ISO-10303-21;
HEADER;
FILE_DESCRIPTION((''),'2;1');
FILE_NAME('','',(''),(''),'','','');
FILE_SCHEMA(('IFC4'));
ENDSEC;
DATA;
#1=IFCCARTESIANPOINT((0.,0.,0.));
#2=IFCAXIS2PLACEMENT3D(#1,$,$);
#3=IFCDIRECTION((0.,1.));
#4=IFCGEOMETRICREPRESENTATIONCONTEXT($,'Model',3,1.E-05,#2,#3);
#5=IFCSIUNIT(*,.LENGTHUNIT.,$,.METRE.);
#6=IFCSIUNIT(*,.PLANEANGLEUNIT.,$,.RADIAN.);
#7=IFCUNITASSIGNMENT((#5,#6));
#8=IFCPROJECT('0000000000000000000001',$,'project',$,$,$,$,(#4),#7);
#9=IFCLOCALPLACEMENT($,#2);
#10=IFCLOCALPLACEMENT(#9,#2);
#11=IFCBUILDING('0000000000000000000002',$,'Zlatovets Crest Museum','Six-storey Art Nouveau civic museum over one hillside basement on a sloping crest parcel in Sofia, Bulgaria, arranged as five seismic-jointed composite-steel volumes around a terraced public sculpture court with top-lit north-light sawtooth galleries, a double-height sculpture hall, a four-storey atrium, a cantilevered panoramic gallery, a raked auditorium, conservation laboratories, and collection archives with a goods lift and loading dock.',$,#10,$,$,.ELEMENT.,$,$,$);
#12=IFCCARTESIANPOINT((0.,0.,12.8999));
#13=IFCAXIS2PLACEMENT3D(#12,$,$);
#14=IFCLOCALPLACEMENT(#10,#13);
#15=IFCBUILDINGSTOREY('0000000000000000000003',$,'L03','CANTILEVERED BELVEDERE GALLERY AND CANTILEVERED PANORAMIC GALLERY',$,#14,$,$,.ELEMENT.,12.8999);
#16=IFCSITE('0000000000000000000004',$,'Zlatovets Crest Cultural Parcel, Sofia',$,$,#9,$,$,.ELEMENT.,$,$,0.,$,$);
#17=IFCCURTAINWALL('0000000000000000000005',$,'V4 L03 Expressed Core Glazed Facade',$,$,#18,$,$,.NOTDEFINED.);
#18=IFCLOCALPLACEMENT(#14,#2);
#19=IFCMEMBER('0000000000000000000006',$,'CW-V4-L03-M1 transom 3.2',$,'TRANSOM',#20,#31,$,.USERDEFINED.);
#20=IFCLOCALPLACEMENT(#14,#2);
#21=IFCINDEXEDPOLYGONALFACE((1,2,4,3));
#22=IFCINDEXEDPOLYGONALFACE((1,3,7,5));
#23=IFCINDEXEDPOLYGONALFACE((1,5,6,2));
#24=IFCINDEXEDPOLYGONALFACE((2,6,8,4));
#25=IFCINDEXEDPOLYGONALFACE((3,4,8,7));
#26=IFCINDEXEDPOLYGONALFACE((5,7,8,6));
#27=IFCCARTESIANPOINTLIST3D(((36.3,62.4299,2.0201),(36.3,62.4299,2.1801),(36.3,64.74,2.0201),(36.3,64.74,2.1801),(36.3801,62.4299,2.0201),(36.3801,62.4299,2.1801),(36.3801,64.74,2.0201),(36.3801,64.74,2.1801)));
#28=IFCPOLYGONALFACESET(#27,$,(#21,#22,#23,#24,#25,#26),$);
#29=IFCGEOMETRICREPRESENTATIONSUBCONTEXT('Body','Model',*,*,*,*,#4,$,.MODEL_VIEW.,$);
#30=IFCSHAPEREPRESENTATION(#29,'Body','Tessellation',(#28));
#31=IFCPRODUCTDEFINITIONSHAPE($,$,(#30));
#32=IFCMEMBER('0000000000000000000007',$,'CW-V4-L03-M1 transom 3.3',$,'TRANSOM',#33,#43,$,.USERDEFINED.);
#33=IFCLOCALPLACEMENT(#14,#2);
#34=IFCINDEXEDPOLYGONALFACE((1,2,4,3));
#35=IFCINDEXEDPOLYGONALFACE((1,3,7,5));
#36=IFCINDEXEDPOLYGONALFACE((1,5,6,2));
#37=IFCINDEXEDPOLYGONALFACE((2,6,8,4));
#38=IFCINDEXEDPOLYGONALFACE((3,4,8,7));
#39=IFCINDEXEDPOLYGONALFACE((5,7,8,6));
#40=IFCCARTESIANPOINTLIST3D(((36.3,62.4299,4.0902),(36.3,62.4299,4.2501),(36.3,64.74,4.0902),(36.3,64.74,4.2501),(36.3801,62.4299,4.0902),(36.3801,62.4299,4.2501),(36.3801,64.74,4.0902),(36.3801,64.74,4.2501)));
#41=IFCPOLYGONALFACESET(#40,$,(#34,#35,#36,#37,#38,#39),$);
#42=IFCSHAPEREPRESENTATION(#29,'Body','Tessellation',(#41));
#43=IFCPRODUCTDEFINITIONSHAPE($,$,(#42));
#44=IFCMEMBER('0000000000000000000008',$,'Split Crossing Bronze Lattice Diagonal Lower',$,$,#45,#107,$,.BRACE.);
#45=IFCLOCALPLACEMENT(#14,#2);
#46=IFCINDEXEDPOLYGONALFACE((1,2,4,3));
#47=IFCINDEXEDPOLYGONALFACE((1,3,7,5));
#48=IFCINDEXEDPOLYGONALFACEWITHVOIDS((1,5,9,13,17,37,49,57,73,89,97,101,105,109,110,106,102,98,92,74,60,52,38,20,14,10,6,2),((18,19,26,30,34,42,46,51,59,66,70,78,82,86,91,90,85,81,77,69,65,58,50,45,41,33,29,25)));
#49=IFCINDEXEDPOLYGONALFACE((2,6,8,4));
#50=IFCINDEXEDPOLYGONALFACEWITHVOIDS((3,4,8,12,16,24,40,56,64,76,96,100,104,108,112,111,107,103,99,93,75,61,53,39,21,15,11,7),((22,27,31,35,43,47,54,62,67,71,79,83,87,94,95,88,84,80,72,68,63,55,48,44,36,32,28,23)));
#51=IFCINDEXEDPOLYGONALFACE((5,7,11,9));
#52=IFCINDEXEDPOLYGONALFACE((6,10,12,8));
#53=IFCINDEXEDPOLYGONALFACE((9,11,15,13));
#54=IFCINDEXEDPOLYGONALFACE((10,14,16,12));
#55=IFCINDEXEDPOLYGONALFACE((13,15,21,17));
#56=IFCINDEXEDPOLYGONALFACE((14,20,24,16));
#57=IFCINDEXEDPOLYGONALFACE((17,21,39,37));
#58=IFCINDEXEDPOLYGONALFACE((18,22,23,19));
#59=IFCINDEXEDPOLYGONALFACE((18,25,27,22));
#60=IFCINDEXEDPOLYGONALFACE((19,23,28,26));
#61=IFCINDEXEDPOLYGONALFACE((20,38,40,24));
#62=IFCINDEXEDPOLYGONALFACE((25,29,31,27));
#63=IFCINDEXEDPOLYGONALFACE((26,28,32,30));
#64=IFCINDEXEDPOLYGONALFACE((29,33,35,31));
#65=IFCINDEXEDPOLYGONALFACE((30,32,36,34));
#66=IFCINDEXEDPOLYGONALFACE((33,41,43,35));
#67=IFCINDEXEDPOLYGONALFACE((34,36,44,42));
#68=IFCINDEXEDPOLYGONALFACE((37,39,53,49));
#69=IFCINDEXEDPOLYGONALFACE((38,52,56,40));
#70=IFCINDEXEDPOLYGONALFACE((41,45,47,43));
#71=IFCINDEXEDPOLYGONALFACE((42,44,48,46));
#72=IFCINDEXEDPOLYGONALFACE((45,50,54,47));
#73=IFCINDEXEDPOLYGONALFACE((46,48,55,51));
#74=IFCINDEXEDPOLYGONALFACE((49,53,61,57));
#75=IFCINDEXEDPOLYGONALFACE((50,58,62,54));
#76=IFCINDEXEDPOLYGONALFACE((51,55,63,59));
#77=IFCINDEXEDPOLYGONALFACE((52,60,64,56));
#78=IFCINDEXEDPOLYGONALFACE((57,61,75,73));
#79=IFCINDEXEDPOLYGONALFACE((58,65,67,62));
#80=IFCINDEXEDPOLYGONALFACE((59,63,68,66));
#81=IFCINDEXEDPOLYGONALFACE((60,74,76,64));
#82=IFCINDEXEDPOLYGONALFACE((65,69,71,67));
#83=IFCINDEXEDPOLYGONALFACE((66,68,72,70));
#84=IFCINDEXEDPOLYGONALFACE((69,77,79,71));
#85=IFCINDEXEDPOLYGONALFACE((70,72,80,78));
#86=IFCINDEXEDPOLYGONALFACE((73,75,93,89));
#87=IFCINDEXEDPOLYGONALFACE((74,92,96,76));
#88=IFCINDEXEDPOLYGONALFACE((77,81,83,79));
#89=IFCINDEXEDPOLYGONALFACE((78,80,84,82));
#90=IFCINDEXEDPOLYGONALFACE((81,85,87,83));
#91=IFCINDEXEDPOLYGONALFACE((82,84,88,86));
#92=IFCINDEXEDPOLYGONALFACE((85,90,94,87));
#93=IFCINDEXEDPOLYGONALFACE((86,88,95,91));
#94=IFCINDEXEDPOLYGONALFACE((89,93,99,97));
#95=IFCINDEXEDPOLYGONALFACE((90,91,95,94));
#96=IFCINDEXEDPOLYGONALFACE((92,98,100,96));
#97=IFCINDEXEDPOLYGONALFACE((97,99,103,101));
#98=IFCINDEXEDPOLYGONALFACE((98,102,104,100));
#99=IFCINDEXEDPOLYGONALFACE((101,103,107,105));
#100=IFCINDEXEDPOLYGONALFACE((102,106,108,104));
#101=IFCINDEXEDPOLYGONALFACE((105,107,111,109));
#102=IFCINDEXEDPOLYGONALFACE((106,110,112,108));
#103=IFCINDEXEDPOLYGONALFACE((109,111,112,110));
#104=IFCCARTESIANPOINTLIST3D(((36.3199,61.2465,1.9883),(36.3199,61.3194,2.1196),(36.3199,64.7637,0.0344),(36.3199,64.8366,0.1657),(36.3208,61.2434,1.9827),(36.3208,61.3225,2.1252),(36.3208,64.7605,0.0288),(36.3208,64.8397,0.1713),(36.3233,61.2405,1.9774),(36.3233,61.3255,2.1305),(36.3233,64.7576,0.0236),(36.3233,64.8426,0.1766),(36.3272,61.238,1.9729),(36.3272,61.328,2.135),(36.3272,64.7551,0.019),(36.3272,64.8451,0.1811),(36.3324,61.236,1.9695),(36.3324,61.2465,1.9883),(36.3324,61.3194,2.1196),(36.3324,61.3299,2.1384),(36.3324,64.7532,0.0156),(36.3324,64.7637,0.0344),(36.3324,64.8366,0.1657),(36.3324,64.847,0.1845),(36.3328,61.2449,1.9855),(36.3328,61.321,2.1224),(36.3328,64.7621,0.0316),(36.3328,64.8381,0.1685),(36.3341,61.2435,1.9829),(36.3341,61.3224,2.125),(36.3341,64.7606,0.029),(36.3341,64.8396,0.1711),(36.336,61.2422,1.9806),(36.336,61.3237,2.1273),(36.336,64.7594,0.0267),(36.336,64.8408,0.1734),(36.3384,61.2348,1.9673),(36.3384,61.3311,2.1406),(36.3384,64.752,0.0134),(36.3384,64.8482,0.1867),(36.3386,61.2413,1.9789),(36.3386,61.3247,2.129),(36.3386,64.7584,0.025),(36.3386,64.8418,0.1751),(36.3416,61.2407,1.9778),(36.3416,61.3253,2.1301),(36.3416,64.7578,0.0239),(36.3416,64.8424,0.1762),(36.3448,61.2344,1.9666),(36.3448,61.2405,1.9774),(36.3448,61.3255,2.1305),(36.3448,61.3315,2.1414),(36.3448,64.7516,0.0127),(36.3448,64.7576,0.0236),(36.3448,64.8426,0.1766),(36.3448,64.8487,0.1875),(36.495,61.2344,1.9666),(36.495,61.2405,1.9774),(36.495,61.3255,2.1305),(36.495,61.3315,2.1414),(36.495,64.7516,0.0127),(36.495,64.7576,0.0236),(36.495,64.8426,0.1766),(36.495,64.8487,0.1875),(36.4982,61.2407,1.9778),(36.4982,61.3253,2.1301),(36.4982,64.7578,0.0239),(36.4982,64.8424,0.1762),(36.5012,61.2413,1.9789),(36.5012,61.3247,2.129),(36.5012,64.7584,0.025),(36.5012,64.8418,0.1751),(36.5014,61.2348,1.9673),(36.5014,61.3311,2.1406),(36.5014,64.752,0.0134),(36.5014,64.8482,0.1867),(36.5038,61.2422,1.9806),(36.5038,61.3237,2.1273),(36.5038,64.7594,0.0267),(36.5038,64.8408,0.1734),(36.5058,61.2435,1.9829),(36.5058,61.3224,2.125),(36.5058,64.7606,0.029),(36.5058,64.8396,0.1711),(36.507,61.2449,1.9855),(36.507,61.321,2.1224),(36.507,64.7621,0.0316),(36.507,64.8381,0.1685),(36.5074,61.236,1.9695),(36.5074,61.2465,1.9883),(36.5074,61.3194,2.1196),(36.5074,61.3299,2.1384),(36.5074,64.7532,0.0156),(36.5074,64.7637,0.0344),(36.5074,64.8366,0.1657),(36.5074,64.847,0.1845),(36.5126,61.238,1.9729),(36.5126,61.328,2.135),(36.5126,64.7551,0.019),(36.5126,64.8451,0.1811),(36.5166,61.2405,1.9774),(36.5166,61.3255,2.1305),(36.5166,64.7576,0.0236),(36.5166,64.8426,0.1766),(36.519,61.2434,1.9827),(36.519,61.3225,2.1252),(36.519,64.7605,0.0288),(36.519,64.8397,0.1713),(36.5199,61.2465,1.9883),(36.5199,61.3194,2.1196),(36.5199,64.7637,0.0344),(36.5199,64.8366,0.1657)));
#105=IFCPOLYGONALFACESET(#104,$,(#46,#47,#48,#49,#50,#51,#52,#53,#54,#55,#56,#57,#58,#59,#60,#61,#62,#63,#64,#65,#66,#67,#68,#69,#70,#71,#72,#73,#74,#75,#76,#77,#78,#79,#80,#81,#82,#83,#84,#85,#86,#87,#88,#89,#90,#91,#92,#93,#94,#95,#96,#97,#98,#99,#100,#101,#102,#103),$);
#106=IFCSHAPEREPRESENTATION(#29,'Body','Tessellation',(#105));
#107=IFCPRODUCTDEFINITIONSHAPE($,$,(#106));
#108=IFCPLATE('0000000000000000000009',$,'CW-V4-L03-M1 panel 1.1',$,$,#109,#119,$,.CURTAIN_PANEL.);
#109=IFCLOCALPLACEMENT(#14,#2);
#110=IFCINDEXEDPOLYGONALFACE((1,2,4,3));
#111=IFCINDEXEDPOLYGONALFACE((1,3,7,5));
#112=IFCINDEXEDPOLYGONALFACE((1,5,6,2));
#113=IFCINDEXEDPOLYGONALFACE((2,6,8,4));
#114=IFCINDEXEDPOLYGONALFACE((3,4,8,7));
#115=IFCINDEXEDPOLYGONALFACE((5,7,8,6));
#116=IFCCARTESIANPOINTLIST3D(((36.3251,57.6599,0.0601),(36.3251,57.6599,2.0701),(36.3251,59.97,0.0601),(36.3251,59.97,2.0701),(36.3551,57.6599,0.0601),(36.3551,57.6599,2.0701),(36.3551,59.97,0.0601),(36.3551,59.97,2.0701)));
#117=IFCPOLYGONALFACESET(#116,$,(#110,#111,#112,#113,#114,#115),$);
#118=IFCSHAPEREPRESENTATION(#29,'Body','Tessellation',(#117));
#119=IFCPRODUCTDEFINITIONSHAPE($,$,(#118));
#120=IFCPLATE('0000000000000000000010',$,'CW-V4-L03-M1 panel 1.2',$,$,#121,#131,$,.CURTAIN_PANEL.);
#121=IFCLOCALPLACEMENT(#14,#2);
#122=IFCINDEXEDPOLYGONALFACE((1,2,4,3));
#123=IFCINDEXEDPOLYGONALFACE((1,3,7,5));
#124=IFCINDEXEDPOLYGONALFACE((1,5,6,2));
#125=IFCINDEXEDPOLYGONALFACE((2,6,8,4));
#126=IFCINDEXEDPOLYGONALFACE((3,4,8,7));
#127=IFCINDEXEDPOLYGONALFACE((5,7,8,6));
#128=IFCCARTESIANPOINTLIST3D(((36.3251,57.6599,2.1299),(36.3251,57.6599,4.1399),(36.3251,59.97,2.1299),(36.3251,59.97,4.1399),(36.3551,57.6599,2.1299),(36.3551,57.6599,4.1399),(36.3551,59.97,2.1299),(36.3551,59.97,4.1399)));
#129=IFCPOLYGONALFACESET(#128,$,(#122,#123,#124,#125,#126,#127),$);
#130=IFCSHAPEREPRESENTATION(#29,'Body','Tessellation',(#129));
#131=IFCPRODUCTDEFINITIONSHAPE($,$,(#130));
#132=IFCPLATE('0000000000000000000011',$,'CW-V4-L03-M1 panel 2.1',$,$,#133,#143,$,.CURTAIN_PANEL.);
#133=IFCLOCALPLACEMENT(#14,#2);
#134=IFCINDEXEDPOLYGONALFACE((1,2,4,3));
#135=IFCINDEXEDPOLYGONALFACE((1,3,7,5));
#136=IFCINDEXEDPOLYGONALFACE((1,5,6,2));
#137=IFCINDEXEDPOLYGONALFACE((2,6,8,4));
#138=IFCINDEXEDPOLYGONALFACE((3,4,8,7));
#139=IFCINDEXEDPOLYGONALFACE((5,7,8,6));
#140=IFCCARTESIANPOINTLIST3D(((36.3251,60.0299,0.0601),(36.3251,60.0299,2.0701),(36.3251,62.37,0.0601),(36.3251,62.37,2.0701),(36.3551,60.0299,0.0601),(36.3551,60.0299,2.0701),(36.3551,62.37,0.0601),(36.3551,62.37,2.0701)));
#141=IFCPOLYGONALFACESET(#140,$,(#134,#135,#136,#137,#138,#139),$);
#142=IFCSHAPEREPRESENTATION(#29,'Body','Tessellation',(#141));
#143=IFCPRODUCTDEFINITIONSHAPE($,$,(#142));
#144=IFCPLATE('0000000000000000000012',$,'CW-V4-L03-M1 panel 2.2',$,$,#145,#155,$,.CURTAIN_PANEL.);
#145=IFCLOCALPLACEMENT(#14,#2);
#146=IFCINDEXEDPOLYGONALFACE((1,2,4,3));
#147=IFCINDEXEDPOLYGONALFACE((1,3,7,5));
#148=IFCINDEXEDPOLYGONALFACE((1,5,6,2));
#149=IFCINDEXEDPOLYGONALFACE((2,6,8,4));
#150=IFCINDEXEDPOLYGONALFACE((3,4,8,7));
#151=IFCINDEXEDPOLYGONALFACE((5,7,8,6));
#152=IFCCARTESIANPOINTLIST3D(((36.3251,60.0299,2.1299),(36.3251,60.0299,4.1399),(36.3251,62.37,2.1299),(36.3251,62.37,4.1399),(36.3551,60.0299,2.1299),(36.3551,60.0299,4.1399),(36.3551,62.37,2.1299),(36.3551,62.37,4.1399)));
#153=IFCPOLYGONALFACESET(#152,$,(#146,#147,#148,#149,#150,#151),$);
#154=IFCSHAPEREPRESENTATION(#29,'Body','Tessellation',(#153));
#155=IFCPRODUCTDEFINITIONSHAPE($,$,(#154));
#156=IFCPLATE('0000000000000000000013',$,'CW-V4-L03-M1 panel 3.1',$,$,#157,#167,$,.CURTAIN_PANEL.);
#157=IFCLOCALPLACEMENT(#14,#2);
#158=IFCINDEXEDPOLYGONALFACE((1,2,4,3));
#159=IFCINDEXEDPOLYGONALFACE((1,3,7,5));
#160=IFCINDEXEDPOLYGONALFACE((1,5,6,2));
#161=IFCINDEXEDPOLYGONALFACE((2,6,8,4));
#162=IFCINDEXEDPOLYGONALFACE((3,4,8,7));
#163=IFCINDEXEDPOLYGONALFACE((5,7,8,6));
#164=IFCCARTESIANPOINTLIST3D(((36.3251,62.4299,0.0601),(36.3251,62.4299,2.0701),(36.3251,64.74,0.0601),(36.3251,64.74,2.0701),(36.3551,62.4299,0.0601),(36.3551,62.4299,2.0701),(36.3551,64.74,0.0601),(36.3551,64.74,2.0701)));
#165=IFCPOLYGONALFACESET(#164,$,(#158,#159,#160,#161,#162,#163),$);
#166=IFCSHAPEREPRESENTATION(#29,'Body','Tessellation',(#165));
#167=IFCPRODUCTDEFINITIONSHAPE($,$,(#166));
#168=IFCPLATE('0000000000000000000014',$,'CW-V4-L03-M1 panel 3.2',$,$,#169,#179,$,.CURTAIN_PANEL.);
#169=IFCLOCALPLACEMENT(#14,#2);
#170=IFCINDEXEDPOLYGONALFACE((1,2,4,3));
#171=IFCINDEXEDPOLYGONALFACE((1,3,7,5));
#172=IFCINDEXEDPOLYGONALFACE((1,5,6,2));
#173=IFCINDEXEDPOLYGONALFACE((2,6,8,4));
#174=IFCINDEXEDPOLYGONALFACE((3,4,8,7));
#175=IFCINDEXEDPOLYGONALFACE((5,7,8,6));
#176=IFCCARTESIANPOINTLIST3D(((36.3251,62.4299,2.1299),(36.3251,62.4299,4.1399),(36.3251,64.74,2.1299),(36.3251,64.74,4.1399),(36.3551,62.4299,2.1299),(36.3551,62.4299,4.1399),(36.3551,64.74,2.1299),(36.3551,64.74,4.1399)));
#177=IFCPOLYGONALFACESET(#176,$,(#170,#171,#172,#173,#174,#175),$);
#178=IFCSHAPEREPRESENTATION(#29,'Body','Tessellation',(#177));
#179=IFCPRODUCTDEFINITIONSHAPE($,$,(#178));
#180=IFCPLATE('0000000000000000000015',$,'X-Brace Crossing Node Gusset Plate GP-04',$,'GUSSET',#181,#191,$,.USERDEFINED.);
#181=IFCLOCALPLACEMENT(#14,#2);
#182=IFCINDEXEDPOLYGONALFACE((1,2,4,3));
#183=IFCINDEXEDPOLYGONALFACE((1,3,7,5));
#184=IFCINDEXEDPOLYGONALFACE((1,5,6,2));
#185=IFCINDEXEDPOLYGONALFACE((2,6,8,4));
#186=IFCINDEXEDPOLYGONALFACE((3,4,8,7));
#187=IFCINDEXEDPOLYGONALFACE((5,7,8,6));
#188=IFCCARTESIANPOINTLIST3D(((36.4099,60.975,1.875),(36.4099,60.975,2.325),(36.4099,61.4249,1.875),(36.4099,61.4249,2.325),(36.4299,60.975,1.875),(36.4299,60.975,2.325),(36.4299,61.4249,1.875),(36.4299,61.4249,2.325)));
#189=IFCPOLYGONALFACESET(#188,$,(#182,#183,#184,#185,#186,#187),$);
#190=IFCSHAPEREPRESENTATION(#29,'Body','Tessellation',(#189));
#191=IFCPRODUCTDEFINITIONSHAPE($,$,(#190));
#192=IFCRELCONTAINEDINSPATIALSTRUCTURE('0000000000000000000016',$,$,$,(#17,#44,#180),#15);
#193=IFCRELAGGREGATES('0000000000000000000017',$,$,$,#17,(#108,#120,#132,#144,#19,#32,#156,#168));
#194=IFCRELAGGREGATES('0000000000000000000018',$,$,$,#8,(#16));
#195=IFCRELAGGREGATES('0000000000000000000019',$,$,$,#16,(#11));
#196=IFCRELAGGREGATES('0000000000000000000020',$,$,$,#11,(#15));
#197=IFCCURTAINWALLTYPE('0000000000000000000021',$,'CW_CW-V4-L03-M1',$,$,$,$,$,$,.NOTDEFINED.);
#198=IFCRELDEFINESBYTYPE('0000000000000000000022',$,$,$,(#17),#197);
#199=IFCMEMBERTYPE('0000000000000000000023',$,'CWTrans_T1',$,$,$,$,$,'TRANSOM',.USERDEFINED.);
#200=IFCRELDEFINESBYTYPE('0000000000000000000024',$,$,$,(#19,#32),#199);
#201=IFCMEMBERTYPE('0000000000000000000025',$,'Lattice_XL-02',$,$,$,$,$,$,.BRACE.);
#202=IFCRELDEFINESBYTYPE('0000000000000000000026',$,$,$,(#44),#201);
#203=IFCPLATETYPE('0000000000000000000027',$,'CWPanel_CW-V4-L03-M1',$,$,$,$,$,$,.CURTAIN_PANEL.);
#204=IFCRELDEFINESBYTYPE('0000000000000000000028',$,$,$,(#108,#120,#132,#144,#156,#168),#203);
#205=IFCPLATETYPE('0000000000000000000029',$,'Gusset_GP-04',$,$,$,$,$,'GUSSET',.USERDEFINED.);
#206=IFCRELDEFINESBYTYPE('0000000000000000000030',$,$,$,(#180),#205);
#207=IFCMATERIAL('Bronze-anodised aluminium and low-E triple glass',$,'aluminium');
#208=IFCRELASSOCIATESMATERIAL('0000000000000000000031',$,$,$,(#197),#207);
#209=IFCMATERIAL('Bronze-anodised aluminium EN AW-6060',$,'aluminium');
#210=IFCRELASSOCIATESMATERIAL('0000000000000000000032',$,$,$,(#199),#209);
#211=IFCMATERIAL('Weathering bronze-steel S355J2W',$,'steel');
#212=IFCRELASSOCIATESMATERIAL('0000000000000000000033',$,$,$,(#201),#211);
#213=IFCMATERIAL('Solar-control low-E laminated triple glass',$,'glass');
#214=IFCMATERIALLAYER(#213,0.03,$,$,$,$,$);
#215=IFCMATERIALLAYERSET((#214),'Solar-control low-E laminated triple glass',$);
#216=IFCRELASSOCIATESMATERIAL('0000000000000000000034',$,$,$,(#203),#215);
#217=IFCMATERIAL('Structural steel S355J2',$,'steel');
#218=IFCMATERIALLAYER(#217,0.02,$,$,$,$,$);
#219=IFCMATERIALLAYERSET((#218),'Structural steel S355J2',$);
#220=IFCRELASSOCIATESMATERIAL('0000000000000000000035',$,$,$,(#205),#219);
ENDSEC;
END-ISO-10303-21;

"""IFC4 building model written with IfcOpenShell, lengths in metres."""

from ifc_helpers import new_model, si_unit, direction, frame, origin, origin_2d, place, context, subcontext, project, spatial, rectangle, hollow_rectangle, extrude, material, layer, layer_set, material_profile, profile_set, type_object, element, aggregate, save


model = new_model("IFC4")

# Units and contexts
model_context = context("Model", 3, precision=1e-05, world=origin(), true_north=direction((0.0, 1.0)))
body_context = subcontext(model_context, "Body", "Model", "MODEL_VIEW")
ifc_project = project(units=[si_unit("LENGTHUNIT", "METRE"), si_unit("PLANEANGLEUNIT", "RADIAN")], contexts=[model_context])

# Site, building, storey
site_placement = place(None, origin())
site = spatial("IfcSite", under=ifc_project, at=site_placement, Name="Zlatovets Crest Cultural Parcel, Sofia", CompositionType="ELEMENT", RefElevation=0.0)
building_placement = place(site_placement, origin())
building = spatial("IfcBuilding", under=site, at=building_placement, Name="Zlatovets Crest Museum", Description="Six-storey Art Nouveau civic museum over one hillside basement on a sloping crest parcel in Sofia, Bulgaria, arranged as five seismic-jointed composite-steel volumes around a terraced public sculpture court with top-lit north-light sawtooth galleries, a double-height sculpture hall, a four-storey atrium, a cantilevered panoramic gallery, a raked auditorium, conservation laboratories, and collection archives with a goods lift and loading dock.", CompositionType="ELEMENT")
storey_placement = place(building_placement, frame((0.0, 0.0, 12.8999)))
storey = spatial("IfcBuildingStorey", under=building, at=storey_placement, Name="L03", Description="CANTILEVERED BELVEDERE GALLERY AND CANTILEVERED PANORAMIC GALLERY", CompositionType="ELEMENT", Elevation=12.8999)

# Shared definitions
ifc_material_1 = material(Name="Structural steel S355J2", Category="steel")

# Curtain wall, members
ifc_material_2 = material(Name="Bronze-anodised aluminium and low-E triple glass", Category="aluminium")
curtain_wall_type = type_object("IfcCurtainWallType", Name="CW_CW-V4-L03-M1", PredefinedType="NOTDEFINED", material=ifc_material_2)
curtain_wall_placement = place(storey_placement, origin())
curtain_wall = element("IfcCurtainWall", 1, at=curtain_wall_placement, inside=storey, type_object=curtain_wall_type, Name="V4 L03 Expressed Core Glazed Facade", PredefinedType="NOTDEFINED")
ifc_material_3 = material(Name="Bronze-anodised aluminium EN AW-6060", Category="aluminium")
ifc_material_profile_1 = material_profile(ifc_material_3, rectangle(XDim=0.0801, YDim=0.1599, at=origin_2d()), Name="ALU 80x160")
ifc_profile_set_1 = profile_set([ifc_material_profile_1], Name="Bronze-anodised aluminium EN AW-6060")
member_type_1 = type_object("IfcMemberType", Name="CWTrans_T1", ElementType="TRANSOM", PredefinedType="USERDEFINED", material=ifc_profile_set_1)
member_1_placement = place(storey_placement, frame((36.3401, 62.4299, 2.1001), z_axis=(0.0, 1.0, 0.0), x_axis=(-1.0, 0.0, 0.0)))
member_1 = element("IfcMember", 2, at=member_1_placement, type_object=member_type_1, Name="CW-V4-L03-M1 transom 3.2", ObjectType="TRANSOM", PredefinedType="USERDEFINED", context=body_context, shape_type="SweptSolid", body=[
    extrude(rectangle(XDim=0.0801, YDim=0.1599, at=origin_2d()), origin(), (0.0, 0.0, 1.0), 2.3101),
])
member_2_placement = place(storey_placement, frame((36.3401, 62.4299, 4.1702), z_axis=(0.0, 1.0, 0.0), x_axis=(-1.0, 0.0, 0.0)))
member_2 = element("IfcMember", 3, at=member_2_placement, type_object=member_type_1, Name="CW-V4-L03-M1 transom 3.3", ObjectType="TRANSOM", PredefinedType="USERDEFINED", context=body_context, shape_type="SweptSolid", body=[
    extrude(rectangle(XDim=0.0801, YDim=0.1599, at=origin_2d()), origin(), (0.0, 0.0, 1.0), 2.3101),
])

# Member
ifc_material_4 = material(Name="Weathering bronze-steel S355J2W", Category="steel")
ifc_material_profile_2 = material_profile(ifc_material_4, hollow_rectangle(XDim=0.2, YDim=0.2, WallThickness=0.0125, InnerFilletRadius=0.0125, OuterFilletRadius=0.0249, at=origin_2d()), Name="SHS 200x200x12.5")
ifc_profile_set_2 = profile_set([ifc_material_profile_2], Name="Weathering bronze-steel S355J2W")
member_type_2 = type_object("IfcMemberType", Name="Lattice_XL-02", PredefinedType="BRACE", material=ifc_profile_set_2)
member_3_placement = place(storey_placement, frame((36.4199, 61.283, 2.054), z_axis=(0.0, 0.874166, -0.485627), x_axis=(-1.0, 0.0, 0.0)))
element("IfcMember", 4, at=member_3_placement, inside=storey, type_object=member_type_2, Name="Split Crossing Bronze Lattice Diagonal Lower", PredefinedType="BRACE", context=body_context, shape_type="SweptSolid", body=[
    extrude(hollow_rectangle(XDim=0.2, YDim=0.2, WallThickness=0.0125, InnerFilletRadius=0.0125, OuterFilletRadius=0.0249, at=origin_2d()), origin(), (0.0, 0.0, 1.0), 4.0234),
])

# Plates
ifc_material_5 = material(Name="Solar-control low-E laminated triple glass", Category="glass")
ifc_layer_1 = layer(ifc_material_5, 0.03)
ifc_layer_set_1 = layer_set([ifc_layer_1], Name="Solar-control low-E laminated triple glass")
plate_type_1 = type_object("IfcPlateType", Name="CWPanel_CW-V4-L03-M1", PredefinedType="CURTAIN_PANEL", material=ifc_layer_set_1)
plate_1_placement = place(storey_placement, frame((36.3401, 58.8149, 0.0601), z_axis=(0.0, 0.0, 1.0), x_axis=(0.0, 1.0, 0.0)))
plate_1 = element("IfcPlate", 5, at=plate_1_placement, type_object=plate_type_1, Name="CW-V4-L03-M1 panel 1.1", PredefinedType="CURTAIN_PANEL", context=body_context, shape_type="SweptSolid", body=[
    extrude(rectangle(XDim=2.3101, YDim=0.03, at=origin_2d()), origin(), (0.0, 0.0, 1.0), 2.01),
])
plate_2_placement = place(storey_placement, frame((36.3401, 58.8149, 2.1299), z_axis=(0.0, 0.0, 1.0), x_axis=(0.0, 1.0, 0.0)))
plate_2 = element("IfcPlate", 6, at=plate_2_placement, type_object=plate_type_1, Name="CW-V4-L03-M1 panel 1.2", PredefinedType="CURTAIN_PANEL", context=body_context, shape_type="SweptSolid", body=[
    extrude(rectangle(XDim=2.3101, YDim=0.03, at=origin_2d()), origin(), (0.0, 0.0, 1.0), 2.01),
])
plate_3_placement = place(storey_placement, frame((36.3401, 61.2, 0.0601), z_axis=(0.0, 0.0, 1.0), x_axis=(0.0, 1.0, 0.0)))
plate_3 = element("IfcPlate", 7, at=plate_3_placement, type_object=plate_type_1, Name="CW-V4-L03-M1 panel 2.1", PredefinedType="CURTAIN_PANEL", context=body_context, shape_type="SweptSolid", body=[
    extrude(rectangle(XDim=2.3401, YDim=0.03, at=origin_2d()), origin(), (0.0, 0.0, 1.0), 2.01),
])
plate_4_placement = place(storey_placement, frame((36.3401, 61.2, 2.1299), z_axis=(0.0, 0.0, 1.0), x_axis=(0.0, 1.0, 0.0)))
plate_4 = element("IfcPlate", 8, at=plate_4_placement, type_object=plate_type_1, Name="CW-V4-L03-M1 panel 2.2", PredefinedType="CURTAIN_PANEL", context=body_context, shape_type="SweptSolid", body=[
    extrude(rectangle(XDim=2.3401, YDim=0.03, at=origin_2d()), origin(), (0.0, 0.0, 1.0), 2.01),
])
plate_5_placement = place(storey_placement, frame((36.3401, 63.585, 0.0601), z_axis=(0.0, 0.0, 1.0), x_axis=(0.0, 1.0, 0.0)))
plate_5 = element("IfcPlate", 9, at=plate_5_placement, type_object=plate_type_1, Name="CW-V4-L03-M1 panel 3.1", PredefinedType="CURTAIN_PANEL", context=body_context, shape_type="SweptSolid", body=[
    extrude(rectangle(XDim=2.3101, YDim=0.03, at=origin_2d()), origin(), (0.0, 0.0, 1.0), 2.01),
])
plate_6_placement = place(storey_placement, frame((36.3401, 63.585, 2.1299), z_axis=(0.0, 0.0, 1.0), x_axis=(0.0, 1.0, 0.0)))
plate_6 = element("IfcPlate", 10, at=plate_6_placement, type_object=plate_type_1, Name="CW-V4-L03-M1 panel 3.2", PredefinedType="CURTAIN_PANEL", context=body_context, shape_type="SweptSolid", body=[
    extrude(rectangle(XDim=2.3101, YDim=0.03, at=origin_2d()), origin(), (0.0, 0.0, 1.0), 2.01),
])
aggregate(curtain_wall, [plate_1, plate_2, plate_3, plate_4, member_1, member_2, plate_5, plate_6])
ifc_layer_2 = layer(ifc_material_1, 0.02)
ifc_layer_set_2 = layer_set([ifc_layer_2], Name="Structural steel S355J2")
plate_type_2 = type_object("IfcPlateType", Name="Gusset_GP-04", ElementType="GUSSET", PredefinedType="USERDEFINED", material=ifc_layer_set_2)
plate_7_placement = place(storey_placement, frame((36.4199, 61.2, 1.875), z_axis=(0.0, 0.0, 1.0), x_axis=(1.0, 0.0, 0.0)))
element("IfcPlate", 11, at=plate_7_placement, inside=storey, type_object=plate_type_2, Name="X-Brace Crossing Node Gusset Plate GP-04", ObjectType="GUSSET", PredefinedType="USERDEFINED", context=body_context, shape_type="SweptSolid", body=[
    extrude(rectangle(XDim=0.02, YDim=0.45, at=origin_2d()), origin(), (0.0, 0.0, 1.0), 0.45),
])

save(model, "model.ifc")
